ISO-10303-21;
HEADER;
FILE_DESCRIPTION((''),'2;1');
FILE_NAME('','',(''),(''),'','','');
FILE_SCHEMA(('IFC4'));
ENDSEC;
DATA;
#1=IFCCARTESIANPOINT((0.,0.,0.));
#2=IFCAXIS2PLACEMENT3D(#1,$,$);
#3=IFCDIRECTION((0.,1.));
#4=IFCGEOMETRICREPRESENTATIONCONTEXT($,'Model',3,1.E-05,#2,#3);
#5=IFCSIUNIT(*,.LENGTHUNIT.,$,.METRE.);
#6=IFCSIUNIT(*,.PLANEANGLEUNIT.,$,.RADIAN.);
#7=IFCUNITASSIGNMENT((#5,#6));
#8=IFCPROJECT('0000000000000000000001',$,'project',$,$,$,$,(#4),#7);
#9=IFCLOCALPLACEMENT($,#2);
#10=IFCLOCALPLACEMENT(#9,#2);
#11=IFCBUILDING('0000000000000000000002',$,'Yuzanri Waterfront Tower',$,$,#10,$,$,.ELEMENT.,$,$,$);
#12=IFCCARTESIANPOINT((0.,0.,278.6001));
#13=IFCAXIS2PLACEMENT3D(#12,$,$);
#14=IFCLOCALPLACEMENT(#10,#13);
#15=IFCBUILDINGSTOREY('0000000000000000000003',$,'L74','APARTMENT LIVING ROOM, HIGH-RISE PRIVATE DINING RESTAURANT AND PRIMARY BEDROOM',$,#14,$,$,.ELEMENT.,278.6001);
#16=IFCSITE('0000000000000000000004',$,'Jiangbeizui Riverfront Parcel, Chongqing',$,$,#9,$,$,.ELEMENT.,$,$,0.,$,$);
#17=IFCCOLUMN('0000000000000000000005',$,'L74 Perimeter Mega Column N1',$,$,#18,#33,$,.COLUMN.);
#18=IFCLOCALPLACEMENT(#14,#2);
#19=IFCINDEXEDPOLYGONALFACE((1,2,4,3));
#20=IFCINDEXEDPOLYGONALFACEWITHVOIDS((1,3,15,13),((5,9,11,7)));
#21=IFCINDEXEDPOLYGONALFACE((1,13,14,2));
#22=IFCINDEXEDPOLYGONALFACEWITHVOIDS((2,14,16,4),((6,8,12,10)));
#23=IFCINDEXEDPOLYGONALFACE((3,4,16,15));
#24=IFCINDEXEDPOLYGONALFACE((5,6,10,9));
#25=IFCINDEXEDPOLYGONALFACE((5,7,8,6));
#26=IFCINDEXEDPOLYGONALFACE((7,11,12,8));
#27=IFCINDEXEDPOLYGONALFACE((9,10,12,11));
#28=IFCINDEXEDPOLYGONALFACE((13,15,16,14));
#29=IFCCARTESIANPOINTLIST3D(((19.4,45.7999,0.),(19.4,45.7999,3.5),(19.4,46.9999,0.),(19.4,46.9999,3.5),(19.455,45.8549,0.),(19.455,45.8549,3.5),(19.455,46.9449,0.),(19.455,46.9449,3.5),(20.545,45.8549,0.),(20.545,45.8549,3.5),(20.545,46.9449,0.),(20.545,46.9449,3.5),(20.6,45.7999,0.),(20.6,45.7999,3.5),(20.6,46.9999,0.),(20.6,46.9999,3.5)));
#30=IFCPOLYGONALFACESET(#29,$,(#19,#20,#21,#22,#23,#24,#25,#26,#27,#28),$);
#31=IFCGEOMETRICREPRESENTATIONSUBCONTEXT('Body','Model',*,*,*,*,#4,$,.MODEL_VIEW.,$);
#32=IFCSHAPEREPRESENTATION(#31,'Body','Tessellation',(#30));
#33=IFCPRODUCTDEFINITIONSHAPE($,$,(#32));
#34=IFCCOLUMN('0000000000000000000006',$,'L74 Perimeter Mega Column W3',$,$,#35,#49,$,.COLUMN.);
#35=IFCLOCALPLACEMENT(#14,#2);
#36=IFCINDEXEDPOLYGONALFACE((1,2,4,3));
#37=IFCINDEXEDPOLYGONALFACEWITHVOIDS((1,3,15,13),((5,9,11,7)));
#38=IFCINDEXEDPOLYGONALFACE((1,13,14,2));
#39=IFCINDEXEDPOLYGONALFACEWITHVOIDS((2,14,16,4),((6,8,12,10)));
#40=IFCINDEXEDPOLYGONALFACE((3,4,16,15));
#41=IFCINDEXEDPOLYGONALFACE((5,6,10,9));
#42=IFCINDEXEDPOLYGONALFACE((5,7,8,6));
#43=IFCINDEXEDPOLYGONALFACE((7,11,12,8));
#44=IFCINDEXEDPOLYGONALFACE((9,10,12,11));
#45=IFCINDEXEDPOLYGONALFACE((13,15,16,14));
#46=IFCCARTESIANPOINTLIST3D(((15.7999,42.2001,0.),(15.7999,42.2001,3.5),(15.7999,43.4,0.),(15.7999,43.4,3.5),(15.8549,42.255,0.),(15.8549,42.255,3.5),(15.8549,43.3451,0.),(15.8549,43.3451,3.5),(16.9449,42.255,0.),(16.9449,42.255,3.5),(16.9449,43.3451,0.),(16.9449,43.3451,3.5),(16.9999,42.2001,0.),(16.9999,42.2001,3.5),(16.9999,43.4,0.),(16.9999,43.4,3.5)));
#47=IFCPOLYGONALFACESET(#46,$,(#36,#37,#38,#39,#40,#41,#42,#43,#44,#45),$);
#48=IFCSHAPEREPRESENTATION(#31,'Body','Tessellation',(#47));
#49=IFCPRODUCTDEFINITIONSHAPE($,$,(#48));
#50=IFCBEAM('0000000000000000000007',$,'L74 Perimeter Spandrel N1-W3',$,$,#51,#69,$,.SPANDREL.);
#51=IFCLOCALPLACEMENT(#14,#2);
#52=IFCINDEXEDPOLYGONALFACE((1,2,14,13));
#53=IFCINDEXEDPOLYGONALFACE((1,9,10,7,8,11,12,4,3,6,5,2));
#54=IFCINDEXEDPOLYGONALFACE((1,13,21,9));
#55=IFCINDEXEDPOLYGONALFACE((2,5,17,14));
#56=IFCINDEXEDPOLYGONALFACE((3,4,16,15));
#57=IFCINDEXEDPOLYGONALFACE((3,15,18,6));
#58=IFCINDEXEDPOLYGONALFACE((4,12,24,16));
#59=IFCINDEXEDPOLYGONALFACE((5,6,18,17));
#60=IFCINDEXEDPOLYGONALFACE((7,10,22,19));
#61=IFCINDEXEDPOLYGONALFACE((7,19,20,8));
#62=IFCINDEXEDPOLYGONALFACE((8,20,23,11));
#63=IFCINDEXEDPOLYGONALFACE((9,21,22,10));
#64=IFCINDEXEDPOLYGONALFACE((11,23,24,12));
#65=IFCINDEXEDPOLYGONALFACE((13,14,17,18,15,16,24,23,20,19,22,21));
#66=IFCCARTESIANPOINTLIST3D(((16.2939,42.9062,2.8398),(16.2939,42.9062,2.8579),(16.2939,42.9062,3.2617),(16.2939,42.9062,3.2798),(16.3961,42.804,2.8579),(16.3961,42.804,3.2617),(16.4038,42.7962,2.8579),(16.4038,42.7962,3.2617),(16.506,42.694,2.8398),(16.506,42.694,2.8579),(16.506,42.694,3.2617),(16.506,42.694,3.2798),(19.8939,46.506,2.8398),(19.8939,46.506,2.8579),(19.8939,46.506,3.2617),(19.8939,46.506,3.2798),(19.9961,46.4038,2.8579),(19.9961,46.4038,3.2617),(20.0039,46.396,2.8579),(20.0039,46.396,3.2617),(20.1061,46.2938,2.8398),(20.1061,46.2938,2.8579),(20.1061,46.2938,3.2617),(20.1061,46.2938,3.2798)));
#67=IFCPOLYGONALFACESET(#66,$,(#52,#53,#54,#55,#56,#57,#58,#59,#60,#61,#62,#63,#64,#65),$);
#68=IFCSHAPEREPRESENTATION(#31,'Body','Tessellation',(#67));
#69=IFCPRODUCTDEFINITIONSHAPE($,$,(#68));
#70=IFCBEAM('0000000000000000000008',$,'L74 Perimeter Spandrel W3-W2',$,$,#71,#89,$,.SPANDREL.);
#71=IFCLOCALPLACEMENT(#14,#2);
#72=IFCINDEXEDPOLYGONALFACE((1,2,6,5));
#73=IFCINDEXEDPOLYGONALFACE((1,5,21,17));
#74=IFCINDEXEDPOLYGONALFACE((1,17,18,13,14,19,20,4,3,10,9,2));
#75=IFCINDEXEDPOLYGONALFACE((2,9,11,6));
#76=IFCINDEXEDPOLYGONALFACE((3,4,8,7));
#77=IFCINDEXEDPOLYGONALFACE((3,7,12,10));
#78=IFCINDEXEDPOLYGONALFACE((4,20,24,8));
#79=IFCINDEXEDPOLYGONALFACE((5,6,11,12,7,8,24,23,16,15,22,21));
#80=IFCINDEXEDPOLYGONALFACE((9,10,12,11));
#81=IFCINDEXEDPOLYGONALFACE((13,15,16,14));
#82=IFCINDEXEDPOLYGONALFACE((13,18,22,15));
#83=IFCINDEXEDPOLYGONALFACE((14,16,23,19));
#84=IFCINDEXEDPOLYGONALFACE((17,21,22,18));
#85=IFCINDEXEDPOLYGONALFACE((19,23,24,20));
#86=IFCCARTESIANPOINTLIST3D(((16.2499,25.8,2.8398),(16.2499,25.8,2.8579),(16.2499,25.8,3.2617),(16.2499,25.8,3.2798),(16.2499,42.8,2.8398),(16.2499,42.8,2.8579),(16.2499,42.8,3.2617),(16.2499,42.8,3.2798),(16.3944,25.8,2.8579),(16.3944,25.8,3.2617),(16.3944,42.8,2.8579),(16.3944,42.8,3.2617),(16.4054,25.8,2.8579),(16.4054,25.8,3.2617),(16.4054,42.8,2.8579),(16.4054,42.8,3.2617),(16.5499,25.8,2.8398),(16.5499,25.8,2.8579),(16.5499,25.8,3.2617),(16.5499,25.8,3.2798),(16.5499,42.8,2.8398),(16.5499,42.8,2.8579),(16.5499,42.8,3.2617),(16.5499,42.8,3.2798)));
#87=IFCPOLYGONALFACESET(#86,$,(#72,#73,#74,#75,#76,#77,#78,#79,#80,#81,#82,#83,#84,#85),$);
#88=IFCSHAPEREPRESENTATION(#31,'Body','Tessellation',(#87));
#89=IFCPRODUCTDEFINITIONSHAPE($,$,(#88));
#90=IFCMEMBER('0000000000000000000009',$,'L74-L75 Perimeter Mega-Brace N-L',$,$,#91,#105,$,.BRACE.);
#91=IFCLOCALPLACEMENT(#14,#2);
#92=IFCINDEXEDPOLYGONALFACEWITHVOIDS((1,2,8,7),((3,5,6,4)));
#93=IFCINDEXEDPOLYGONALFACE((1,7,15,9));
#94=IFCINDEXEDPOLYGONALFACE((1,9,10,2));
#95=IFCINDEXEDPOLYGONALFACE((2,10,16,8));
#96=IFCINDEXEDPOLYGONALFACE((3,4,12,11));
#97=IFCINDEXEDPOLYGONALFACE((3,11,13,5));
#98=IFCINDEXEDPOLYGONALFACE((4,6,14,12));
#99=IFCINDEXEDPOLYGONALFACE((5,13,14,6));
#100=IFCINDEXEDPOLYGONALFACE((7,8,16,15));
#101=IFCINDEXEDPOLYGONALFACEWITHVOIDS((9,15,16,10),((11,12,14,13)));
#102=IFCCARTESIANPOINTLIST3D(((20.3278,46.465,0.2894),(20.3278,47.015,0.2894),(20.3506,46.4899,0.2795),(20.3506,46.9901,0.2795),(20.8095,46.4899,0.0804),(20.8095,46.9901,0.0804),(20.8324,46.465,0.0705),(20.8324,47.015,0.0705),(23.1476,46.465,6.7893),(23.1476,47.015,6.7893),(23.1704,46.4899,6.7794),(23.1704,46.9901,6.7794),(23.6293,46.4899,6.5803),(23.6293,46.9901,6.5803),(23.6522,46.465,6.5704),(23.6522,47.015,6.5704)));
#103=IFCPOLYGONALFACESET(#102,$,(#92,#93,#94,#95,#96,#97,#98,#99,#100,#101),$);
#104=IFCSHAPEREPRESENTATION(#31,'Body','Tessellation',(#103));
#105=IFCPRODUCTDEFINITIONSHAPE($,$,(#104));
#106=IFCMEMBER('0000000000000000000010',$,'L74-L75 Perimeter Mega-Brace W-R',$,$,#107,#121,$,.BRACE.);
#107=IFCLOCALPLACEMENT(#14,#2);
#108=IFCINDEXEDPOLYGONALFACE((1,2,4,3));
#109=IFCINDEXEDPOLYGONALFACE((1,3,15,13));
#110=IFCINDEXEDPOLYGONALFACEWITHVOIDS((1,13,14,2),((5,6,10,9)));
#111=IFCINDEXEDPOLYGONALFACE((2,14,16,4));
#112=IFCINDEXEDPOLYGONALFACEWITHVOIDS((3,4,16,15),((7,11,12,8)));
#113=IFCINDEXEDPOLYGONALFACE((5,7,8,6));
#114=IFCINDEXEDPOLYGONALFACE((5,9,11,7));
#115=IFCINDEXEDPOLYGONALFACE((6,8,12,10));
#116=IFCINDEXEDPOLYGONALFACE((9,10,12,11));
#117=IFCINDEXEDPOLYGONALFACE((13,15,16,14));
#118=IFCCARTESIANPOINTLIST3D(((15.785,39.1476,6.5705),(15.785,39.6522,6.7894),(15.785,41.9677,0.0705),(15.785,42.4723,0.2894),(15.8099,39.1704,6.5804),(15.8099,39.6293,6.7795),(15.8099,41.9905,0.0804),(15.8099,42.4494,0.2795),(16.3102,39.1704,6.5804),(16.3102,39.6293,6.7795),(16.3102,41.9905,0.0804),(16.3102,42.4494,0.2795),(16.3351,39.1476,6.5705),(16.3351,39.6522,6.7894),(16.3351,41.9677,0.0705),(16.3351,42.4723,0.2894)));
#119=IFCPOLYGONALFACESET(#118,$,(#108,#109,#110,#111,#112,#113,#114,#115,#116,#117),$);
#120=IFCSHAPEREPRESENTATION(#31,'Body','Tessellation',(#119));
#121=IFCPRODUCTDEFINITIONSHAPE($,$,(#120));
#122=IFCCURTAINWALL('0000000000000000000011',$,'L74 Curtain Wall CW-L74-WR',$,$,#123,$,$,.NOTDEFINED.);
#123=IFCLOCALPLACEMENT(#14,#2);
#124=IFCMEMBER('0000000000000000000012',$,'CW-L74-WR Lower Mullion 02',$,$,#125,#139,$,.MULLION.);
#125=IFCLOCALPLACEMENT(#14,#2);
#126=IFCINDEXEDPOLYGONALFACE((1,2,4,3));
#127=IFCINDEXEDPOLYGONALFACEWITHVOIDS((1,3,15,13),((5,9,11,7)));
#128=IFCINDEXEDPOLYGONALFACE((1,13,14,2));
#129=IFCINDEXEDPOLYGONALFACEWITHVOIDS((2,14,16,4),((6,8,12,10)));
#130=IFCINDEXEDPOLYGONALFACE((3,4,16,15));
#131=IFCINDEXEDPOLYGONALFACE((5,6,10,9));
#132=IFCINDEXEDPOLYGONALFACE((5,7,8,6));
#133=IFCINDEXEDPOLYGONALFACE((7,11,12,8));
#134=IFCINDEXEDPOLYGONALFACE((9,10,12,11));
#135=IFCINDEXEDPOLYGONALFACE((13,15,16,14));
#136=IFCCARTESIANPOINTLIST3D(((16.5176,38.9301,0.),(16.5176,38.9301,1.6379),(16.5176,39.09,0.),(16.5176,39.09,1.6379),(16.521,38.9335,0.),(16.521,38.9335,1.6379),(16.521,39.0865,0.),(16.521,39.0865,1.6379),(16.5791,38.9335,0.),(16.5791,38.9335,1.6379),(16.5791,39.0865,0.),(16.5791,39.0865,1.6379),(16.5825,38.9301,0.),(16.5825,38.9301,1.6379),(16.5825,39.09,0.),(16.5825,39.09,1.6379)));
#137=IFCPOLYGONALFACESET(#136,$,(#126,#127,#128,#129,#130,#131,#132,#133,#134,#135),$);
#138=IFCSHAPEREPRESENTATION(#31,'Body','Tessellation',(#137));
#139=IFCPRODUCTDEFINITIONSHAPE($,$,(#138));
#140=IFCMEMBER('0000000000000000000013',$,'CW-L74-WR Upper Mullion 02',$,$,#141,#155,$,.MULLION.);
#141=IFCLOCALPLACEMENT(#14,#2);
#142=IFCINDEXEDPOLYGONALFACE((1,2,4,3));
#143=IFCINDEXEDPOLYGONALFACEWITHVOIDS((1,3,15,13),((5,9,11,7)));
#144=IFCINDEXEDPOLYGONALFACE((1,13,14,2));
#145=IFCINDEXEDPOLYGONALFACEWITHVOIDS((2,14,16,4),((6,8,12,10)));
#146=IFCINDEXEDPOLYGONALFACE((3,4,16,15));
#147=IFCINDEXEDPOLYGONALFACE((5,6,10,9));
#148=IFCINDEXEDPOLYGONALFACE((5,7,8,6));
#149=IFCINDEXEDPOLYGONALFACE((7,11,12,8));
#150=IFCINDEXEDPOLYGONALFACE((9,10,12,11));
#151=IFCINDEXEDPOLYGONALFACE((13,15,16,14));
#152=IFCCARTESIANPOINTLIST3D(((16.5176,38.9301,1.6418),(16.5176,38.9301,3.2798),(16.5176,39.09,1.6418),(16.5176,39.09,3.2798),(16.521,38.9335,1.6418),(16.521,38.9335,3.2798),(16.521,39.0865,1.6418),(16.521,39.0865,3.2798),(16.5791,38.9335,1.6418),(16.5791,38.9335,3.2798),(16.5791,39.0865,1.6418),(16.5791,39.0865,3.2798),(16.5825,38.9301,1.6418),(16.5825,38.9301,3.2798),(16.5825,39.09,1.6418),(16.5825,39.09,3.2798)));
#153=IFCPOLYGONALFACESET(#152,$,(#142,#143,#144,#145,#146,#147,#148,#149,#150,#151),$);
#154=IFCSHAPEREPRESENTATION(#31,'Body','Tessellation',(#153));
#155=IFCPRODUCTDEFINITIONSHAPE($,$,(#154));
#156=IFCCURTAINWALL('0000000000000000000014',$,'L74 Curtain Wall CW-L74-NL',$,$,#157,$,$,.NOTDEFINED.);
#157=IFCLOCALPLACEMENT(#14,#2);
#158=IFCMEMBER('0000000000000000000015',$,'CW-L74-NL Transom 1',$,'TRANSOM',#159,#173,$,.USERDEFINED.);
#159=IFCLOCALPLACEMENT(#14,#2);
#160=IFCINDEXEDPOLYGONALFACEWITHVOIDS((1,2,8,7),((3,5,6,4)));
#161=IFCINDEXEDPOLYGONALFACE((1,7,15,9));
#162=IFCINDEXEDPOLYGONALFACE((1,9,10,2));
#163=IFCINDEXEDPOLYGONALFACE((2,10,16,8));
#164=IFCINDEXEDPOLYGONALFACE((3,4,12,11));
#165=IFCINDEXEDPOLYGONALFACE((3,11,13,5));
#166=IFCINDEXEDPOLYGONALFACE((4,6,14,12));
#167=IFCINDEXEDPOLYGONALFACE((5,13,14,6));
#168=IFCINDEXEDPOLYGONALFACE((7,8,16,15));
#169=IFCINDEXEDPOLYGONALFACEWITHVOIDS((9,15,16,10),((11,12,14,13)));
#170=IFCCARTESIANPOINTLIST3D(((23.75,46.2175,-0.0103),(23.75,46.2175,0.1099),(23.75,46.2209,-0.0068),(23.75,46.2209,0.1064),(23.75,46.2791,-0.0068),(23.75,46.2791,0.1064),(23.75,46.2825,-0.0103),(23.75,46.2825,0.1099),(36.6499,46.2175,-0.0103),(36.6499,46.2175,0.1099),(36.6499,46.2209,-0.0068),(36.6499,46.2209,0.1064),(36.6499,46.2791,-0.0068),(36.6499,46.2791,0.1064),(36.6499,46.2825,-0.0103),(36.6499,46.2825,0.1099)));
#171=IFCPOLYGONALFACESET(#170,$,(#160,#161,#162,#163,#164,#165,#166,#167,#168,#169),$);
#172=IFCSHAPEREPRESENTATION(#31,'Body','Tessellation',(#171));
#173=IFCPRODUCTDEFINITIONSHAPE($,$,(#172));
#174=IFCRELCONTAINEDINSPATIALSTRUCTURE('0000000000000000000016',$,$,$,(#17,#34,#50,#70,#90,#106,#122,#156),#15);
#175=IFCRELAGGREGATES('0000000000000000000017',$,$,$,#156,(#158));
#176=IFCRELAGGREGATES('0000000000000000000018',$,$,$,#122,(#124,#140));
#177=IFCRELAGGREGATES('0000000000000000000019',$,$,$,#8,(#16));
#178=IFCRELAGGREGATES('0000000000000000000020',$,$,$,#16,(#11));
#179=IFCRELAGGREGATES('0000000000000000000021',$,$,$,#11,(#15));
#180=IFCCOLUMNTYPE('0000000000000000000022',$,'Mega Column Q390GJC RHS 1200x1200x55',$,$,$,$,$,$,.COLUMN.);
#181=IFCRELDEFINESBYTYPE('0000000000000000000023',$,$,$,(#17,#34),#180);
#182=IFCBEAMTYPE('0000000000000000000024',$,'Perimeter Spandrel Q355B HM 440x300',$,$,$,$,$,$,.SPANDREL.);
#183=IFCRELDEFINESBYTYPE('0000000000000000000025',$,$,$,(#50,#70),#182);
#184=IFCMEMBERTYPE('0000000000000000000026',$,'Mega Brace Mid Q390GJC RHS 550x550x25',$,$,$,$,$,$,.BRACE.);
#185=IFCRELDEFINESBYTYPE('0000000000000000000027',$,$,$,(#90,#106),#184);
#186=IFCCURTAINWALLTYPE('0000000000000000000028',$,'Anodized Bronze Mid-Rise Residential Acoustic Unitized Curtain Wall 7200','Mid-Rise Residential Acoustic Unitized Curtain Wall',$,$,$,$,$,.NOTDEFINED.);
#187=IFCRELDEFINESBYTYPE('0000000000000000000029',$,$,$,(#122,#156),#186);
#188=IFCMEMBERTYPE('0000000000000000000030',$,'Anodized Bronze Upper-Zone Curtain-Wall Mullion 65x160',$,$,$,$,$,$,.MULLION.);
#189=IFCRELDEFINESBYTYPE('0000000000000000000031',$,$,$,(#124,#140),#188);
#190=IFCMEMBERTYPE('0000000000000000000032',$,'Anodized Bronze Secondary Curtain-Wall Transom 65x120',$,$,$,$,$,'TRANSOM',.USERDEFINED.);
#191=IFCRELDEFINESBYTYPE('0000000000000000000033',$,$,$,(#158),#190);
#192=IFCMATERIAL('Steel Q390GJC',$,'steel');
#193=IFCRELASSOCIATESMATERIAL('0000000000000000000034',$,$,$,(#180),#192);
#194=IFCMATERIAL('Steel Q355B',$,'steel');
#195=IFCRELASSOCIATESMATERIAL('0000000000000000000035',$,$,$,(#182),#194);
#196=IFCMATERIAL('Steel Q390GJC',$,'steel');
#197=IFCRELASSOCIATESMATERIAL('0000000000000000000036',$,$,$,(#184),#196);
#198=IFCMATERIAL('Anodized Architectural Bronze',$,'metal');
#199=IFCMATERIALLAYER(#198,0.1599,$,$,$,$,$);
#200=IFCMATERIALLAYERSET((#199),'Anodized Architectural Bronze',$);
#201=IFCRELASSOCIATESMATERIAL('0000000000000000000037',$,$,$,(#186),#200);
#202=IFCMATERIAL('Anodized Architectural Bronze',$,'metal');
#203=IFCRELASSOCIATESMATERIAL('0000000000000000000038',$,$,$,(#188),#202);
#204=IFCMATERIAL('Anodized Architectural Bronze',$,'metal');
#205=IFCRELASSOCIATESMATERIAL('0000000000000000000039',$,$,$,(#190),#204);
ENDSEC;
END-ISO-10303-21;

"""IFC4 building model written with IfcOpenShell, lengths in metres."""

from ifc_helpers import new_model, si_unit, direction, frame, origin, origin_2d, place, context, subcontext, project, spatial, hollow_rectangle, i_section, extrude, source, transform, mapped, material, layer, layer_set, material_profile, profile_set, type_object, element, aggregate, save


model = new_model("IFC4")

# Units and contexts
model_context = context("Model", 3, precision=1e-05, world=origin(), true_north=direction((0.0, 1.0)))
body_context = subcontext(model_context, "Body", "Model", "MODEL_VIEW")
ifc_project = project(units=[si_unit("LENGTHUNIT", "METRE"), si_unit("PLANEANGLEUNIT", "RADIAN")], contexts=[model_context])

# Site, building, storey
site_placement = place(None, origin())
site = spatial("IfcSite", under=ifc_project, at=site_placement, Name="Jiangbeizui Riverfront Parcel, Chongqing", CompositionType="ELEMENT", RefElevation=0.0)
building_placement = place(site_placement, origin())
building = spatial("IfcBuilding", under=site, at=building_placement, Name="Yuzanri Waterfront Tower", CompositionType="ELEMENT")
storey_placement = place(building_placement, frame((0.0, 0.0, 278.6001)))
storey = spatial("IfcBuildingStorey", under=building, at=storey_placement, Name="L74", Description="APARTMENT LIVING ROOM, HIGH-RISE PRIVATE DINING RESTAURANT AND PRIMARY BEDROOM", CompositionType="ELEMENT", Elevation=278.6001)

# Columns
ifc_material_1 = material(Name="Steel Q390GJC", Category="steel")
ifc_material_profile_1 = material_profile(ifc_material_1, hollow_rectangle(XDim=1.2, YDim=1.2, WallThickness=0.0549, at=origin_2d()), Name="RHS 1200x1200x55")
ifc_profile_set_1 = profile_set([ifc_material_profile_1], Name="Steel Q390GJC")
column_type = type_object("IfcColumnType", Name="Mega Column Q390GJC RHS 1200x1200x55", PredefinedType="COLUMN", material=ifc_profile_set_1)
shared_shape_1 = source(origin(), body_context, "Body", "SweptSolid", [
    extrude(hollow_rectangle(XDim=1.2, YDim=1.2, WallThickness=0.0549, at=origin_2d()), origin(), (0.0, 0.0, 1.0), 3.5),
])
for number, where, z_axis, x_axis, name in (
    (1, (20.0, 46.3999, 0.0), (0.0, 0.0, 1.0), (1.0, 0.0, 0.0), "L74 Perimeter Mega Column N1"),
    (2, (16.3999, 42.8, 0.0), (0.0, 0.0, 1.0), (1.0, 0.0, 0.0), "L74 Perimeter Mega Column W3"),
):
    element("IfcColumn", number, at=place(storey_placement, frame(where, z_axis=z_axis, x_axis=x_axis)), inside=storey, type_object=column_type, Name=name, PredefinedType="COLUMN", context=body_context, shape_type="MappedRepresentation", body=[
        mapped(shared_shape_1, transform((0.0, 0.0, 0.0), scale=1.0)),
    ])

# Beams
ifc_material_2 = material(Name="Steel Q355B", Category="steel")
ifc_material_profile_2 = material_profile(ifc_material_2, i_section(OverallWidth=0.3, OverallDepth=0.4399, WebThickness=0.011, FlangeThickness=0.0181, at=origin_2d()), Name="HM 440x300x11x18")
ifc_profile_set_2 = profile_set([ifc_material_profile_2], Name="Steel Q355B")
beam_type = type_object("IfcBeamType", Name="Perimeter Spandrel Q355B HM 440x300", PredefinedType="SPANDREL", material=ifc_profile_set_2)
shared_shape_2 = source(origin(), body_context, "Body", "SweptSolid", [
    extrude(i_section(OverallWidth=0.3, OverallDepth=0.4399, WebThickness=0.011, FlangeThickness=0.0181, at=origin_2d()), origin(), (0.0, 0.0, 1.0), 5.0911),
])
beam_1_placement = place(storey_placement, frame((20.0, 46.3999, 3.0598), z_axis=(-0.707131, -0.707083, 0.0), x_axis=(0.707083, -0.707131, 0.0)))
element("IfcBeam", 3, at=beam_1_placement, inside=storey, type_object=beam_type, Name="L74 Perimeter Spandrel N1-W3", PredefinedType="SPANDREL", context=body_context, shape_type="MappedRepresentation", body=[
    mapped(shared_shape_2, transform((0.0, 0.0, 0.0), scale=1.0)),
])
shared_shape_3 = source(origin(), body_context, "Body", "SweptSolid", [
    extrude(i_section(OverallWidth=0.3, OverallDepth=0.4399, WebThickness=0.011, FlangeThickness=0.0181, at=origin_2d()), origin(), (0.0, 0.0, 1.0), 17.0),
])
beam_2_placement = place(storey_placement, frame((16.3999, 42.8, 3.0598), z_axis=(0.0, -1.0, 0.0), x_axis=(1.0, 0.0, 0.0)))
element("IfcBeam", 4, at=beam_2_placement, inside=storey, type_object=beam_type, Name="L74 Perimeter Spandrel W3-W2", PredefinedType="SPANDREL", context=body_context, shape_type="MappedRepresentation", body=[
    mapped(shared_shape_3, transform((0.0, 0.0, 0.0), scale=1.0)),
])

# Members
ifc_material_3 = material(Name="Steel Q390GJC", Category="steel")
ifc_material_profile_3 = material_profile(ifc_material_3, hollow_rectangle(XDim=0.55, YDim=0.55, WallThickness=0.0249, at=origin_2d()), Name="RHS 550x550x25")
ifc_profile_set_3 = profile_set([ifc_material_profile_3], Name="Steel Q390GJC")
member_type_1 = type_object("IfcMemberType", Name="Mega Brace Mid Q390GJC RHS 550x550x25", PredefinedType="BRACE", material=ifc_profile_set_3)
shared_shape_4 = source(origin(), body_context, "Body", "SweptSolid", [
    extrude(hollow_rectangle(XDim=0.55, YDim=0.55, WallThickness=0.0249, at=origin_2d()), origin(), (0.0, 0.0, 1.0), 7.0852),
])
member_1_placement = place(storey_placement, frame((20.5801, 46.74, 0.1799), z_axis=(0.397983, 0.0, 0.917393), x_axis=(0.0, 1.0, 0.0)))
element("IfcMember", 5, at=member_1_placement, inside=storey, type_object=member_type_1, Name="L74-L75 Perimeter Mega-Brace N-L", PredefinedType="BRACE", context=body_context, shape_type="MappedRepresentation", body=[
    mapped(shared_shape_4, transform((0.0, 0.0, 0.0), scale=1.0)),
])
shared_shape_5 = source(origin(), body_context, "Body", "SweptSolid", [
    extrude(hollow_rectangle(XDim=0.55, YDim=0.55, WallThickness=0.0249, at=origin_2d()), origin(), (0.0, 0.0, 1.0), 7.0854),
])
member_2_placement = place(storey_placement, frame((16.0601, 42.22, 0.1799), z_axis=(0.0, -0.398012, 0.91738), x_axis=(1.0, 0.0, 0.0)))
element("IfcMember", 6, at=member_2_placement, inside=storey, type_object=member_type_1, Name="L74-L75 Perimeter Mega-Brace W-R", PredefinedType="BRACE", context=body_context, shape_type="MappedRepresentation", body=[
    mapped(shared_shape_5, transform((0.0, 0.0, 0.0), scale=1.0)),
])

# Curtain walls, members
ifc_material_4 = material(Name="Anodized Architectural Bronze", Category="metal")
ifc_layer_1 = layer(ifc_material_4, 0.1599)
ifc_layer_set_1 = layer_set([ifc_layer_1], Name="Anodized Architectural Bronze")
curtain_wall_type = type_object("IfcCurtainWallType", Name="Anodized Bronze Mid-Rise Residential Acoustic Unitized Curtain Wall 7200", Description="Mid-Rise Residential Acoustic Unitized Curtain Wall", PredefinedType="NOTDEFINED", material=ifc_layer_set_1)
curtain_wall_1_placement = place(storey_placement, origin())
curtain_wall_1 = element("IfcCurtainWall", 7, at=curtain_wall_1_placement, inside=storey, type_object=curtain_wall_type, Name="L74 Curtain Wall CW-L74-WR", PredefinedType="NOTDEFINED")
ifc_material_5 = material(Name="Anodized Architectural Bronze", Category="metal")
ifc_material_profile_4 = material_profile(ifc_material_5, hollow_rectangle(XDim=0.0649, YDim=0.1599, WallThickness=0.0034, at=origin_2d()), Name="CWM 65x160")
ifc_profile_set_4 = profile_set([ifc_material_profile_4], Name="Anodized Architectural Bronze")
member_type_2 = type_object("IfcMemberType", Name="Anodized Bronze Upper-Zone Curtain-Wall Mullion 65x160", PredefinedType="MULLION", material=ifc_profile_set_4)
shared_shape_6 = source(origin(), body_context, "Body", "SweptSolid", [
    extrude(hollow_rectangle(XDim=0.0649, YDim=0.1599, WallThickness=0.0034, at=origin_2d()), origin(), (0.0, 0.0, 1.0), 1.6379),
])
member_3_placement = place(storey_placement, frame((16.55, 39.01, 0.0), z_axis=(0.0, 0.0, 1.0), x_axis=(1.0, 0.0, 0.0)))
member_3 = element("IfcMember", 8, at=member_3_placement, type_object=member_type_2, Name="CW-L74-WR Lower Mullion 02", PredefinedType="MULLION", context=body_context, shape_type="MappedRepresentation", body=[
    mapped(shared_shape_6, transform((0.0, 0.0, 0.0), scale=1.0)),
])
member_4_placement = place(storey_placement, frame((16.55, 39.01, 1.6418), z_axis=(0.0, 0.0, 1.0), x_axis=(1.0, 0.0, 0.0)))
member_4 = element("IfcMember", 9, at=member_4_placement, type_object=member_type_2, Name="CW-L74-WR Upper Mullion 02", PredefinedType="MULLION", context=body_context, shape_type="MappedRepresentation", body=[
    mapped(shared_shape_6, transform((0.0, 0.0, 0.0), scale=1.0)),
])
curtain_wall_2_placement = place(storey_placement, origin())
curtain_wall_2 = element("IfcCurtainWall", 10, at=curtain_wall_2_placement, inside=storey, type_object=curtain_wall_type, Name="L74 Curtain Wall CW-L74-NL", PredefinedType="NOTDEFINED")
ifc_material_6 = material(Name="Anodized Architectural Bronze", Category="metal")
ifc_material_profile_5 = material_profile(ifc_material_6, hollow_rectangle(XDim=0.0649, YDim=0.1201, WallThickness=0.0034, at=origin_2d()), Name="CWT 65x120")
ifc_profile_set_5 = profile_set([ifc_material_profile_5], Name="Anodized Architectural Bronze")
member_type_3 = type_object("IfcMemberType", Name="Anodized Bronze Secondary Curtain-Wall Transom 65x120", ElementType="TRANSOM", PredefinedType="USERDEFINED", material=ifc_profile_set_5)
shared_shape_7 = source(origin(), body_context, "Body", "SweptSolid", [
    extrude(hollow_rectangle(XDim=0.0649, YDim=0.1201, WallThickness=0.0034, at=origin_2d()), origin(), (0.0, 0.0, 1.0), 12.8999),
])
member_5_placement = place(storey_placement, frame((23.75, 46.25, 0.0498), z_axis=(1.0, 0.0, 0.0), x_axis=(0.0, 1.0, 0.0)))
member_5 = element("IfcMember", 11, at=member_5_placement, type_object=member_type_3, Name="CW-L74-NL Transom 1", ObjectType="TRANSOM", PredefinedType="USERDEFINED", context=body_context, shape_type="MappedRepresentation", body=[
    mapped(shared_shape_7, transform((0.0, 0.0, 0.0), scale=1.0)),
])
aggregate(curtain_wall_2, [member_5])

aggregate(curtain_wall_1, [member_3, member_4])

save(model, "model.ifc")
